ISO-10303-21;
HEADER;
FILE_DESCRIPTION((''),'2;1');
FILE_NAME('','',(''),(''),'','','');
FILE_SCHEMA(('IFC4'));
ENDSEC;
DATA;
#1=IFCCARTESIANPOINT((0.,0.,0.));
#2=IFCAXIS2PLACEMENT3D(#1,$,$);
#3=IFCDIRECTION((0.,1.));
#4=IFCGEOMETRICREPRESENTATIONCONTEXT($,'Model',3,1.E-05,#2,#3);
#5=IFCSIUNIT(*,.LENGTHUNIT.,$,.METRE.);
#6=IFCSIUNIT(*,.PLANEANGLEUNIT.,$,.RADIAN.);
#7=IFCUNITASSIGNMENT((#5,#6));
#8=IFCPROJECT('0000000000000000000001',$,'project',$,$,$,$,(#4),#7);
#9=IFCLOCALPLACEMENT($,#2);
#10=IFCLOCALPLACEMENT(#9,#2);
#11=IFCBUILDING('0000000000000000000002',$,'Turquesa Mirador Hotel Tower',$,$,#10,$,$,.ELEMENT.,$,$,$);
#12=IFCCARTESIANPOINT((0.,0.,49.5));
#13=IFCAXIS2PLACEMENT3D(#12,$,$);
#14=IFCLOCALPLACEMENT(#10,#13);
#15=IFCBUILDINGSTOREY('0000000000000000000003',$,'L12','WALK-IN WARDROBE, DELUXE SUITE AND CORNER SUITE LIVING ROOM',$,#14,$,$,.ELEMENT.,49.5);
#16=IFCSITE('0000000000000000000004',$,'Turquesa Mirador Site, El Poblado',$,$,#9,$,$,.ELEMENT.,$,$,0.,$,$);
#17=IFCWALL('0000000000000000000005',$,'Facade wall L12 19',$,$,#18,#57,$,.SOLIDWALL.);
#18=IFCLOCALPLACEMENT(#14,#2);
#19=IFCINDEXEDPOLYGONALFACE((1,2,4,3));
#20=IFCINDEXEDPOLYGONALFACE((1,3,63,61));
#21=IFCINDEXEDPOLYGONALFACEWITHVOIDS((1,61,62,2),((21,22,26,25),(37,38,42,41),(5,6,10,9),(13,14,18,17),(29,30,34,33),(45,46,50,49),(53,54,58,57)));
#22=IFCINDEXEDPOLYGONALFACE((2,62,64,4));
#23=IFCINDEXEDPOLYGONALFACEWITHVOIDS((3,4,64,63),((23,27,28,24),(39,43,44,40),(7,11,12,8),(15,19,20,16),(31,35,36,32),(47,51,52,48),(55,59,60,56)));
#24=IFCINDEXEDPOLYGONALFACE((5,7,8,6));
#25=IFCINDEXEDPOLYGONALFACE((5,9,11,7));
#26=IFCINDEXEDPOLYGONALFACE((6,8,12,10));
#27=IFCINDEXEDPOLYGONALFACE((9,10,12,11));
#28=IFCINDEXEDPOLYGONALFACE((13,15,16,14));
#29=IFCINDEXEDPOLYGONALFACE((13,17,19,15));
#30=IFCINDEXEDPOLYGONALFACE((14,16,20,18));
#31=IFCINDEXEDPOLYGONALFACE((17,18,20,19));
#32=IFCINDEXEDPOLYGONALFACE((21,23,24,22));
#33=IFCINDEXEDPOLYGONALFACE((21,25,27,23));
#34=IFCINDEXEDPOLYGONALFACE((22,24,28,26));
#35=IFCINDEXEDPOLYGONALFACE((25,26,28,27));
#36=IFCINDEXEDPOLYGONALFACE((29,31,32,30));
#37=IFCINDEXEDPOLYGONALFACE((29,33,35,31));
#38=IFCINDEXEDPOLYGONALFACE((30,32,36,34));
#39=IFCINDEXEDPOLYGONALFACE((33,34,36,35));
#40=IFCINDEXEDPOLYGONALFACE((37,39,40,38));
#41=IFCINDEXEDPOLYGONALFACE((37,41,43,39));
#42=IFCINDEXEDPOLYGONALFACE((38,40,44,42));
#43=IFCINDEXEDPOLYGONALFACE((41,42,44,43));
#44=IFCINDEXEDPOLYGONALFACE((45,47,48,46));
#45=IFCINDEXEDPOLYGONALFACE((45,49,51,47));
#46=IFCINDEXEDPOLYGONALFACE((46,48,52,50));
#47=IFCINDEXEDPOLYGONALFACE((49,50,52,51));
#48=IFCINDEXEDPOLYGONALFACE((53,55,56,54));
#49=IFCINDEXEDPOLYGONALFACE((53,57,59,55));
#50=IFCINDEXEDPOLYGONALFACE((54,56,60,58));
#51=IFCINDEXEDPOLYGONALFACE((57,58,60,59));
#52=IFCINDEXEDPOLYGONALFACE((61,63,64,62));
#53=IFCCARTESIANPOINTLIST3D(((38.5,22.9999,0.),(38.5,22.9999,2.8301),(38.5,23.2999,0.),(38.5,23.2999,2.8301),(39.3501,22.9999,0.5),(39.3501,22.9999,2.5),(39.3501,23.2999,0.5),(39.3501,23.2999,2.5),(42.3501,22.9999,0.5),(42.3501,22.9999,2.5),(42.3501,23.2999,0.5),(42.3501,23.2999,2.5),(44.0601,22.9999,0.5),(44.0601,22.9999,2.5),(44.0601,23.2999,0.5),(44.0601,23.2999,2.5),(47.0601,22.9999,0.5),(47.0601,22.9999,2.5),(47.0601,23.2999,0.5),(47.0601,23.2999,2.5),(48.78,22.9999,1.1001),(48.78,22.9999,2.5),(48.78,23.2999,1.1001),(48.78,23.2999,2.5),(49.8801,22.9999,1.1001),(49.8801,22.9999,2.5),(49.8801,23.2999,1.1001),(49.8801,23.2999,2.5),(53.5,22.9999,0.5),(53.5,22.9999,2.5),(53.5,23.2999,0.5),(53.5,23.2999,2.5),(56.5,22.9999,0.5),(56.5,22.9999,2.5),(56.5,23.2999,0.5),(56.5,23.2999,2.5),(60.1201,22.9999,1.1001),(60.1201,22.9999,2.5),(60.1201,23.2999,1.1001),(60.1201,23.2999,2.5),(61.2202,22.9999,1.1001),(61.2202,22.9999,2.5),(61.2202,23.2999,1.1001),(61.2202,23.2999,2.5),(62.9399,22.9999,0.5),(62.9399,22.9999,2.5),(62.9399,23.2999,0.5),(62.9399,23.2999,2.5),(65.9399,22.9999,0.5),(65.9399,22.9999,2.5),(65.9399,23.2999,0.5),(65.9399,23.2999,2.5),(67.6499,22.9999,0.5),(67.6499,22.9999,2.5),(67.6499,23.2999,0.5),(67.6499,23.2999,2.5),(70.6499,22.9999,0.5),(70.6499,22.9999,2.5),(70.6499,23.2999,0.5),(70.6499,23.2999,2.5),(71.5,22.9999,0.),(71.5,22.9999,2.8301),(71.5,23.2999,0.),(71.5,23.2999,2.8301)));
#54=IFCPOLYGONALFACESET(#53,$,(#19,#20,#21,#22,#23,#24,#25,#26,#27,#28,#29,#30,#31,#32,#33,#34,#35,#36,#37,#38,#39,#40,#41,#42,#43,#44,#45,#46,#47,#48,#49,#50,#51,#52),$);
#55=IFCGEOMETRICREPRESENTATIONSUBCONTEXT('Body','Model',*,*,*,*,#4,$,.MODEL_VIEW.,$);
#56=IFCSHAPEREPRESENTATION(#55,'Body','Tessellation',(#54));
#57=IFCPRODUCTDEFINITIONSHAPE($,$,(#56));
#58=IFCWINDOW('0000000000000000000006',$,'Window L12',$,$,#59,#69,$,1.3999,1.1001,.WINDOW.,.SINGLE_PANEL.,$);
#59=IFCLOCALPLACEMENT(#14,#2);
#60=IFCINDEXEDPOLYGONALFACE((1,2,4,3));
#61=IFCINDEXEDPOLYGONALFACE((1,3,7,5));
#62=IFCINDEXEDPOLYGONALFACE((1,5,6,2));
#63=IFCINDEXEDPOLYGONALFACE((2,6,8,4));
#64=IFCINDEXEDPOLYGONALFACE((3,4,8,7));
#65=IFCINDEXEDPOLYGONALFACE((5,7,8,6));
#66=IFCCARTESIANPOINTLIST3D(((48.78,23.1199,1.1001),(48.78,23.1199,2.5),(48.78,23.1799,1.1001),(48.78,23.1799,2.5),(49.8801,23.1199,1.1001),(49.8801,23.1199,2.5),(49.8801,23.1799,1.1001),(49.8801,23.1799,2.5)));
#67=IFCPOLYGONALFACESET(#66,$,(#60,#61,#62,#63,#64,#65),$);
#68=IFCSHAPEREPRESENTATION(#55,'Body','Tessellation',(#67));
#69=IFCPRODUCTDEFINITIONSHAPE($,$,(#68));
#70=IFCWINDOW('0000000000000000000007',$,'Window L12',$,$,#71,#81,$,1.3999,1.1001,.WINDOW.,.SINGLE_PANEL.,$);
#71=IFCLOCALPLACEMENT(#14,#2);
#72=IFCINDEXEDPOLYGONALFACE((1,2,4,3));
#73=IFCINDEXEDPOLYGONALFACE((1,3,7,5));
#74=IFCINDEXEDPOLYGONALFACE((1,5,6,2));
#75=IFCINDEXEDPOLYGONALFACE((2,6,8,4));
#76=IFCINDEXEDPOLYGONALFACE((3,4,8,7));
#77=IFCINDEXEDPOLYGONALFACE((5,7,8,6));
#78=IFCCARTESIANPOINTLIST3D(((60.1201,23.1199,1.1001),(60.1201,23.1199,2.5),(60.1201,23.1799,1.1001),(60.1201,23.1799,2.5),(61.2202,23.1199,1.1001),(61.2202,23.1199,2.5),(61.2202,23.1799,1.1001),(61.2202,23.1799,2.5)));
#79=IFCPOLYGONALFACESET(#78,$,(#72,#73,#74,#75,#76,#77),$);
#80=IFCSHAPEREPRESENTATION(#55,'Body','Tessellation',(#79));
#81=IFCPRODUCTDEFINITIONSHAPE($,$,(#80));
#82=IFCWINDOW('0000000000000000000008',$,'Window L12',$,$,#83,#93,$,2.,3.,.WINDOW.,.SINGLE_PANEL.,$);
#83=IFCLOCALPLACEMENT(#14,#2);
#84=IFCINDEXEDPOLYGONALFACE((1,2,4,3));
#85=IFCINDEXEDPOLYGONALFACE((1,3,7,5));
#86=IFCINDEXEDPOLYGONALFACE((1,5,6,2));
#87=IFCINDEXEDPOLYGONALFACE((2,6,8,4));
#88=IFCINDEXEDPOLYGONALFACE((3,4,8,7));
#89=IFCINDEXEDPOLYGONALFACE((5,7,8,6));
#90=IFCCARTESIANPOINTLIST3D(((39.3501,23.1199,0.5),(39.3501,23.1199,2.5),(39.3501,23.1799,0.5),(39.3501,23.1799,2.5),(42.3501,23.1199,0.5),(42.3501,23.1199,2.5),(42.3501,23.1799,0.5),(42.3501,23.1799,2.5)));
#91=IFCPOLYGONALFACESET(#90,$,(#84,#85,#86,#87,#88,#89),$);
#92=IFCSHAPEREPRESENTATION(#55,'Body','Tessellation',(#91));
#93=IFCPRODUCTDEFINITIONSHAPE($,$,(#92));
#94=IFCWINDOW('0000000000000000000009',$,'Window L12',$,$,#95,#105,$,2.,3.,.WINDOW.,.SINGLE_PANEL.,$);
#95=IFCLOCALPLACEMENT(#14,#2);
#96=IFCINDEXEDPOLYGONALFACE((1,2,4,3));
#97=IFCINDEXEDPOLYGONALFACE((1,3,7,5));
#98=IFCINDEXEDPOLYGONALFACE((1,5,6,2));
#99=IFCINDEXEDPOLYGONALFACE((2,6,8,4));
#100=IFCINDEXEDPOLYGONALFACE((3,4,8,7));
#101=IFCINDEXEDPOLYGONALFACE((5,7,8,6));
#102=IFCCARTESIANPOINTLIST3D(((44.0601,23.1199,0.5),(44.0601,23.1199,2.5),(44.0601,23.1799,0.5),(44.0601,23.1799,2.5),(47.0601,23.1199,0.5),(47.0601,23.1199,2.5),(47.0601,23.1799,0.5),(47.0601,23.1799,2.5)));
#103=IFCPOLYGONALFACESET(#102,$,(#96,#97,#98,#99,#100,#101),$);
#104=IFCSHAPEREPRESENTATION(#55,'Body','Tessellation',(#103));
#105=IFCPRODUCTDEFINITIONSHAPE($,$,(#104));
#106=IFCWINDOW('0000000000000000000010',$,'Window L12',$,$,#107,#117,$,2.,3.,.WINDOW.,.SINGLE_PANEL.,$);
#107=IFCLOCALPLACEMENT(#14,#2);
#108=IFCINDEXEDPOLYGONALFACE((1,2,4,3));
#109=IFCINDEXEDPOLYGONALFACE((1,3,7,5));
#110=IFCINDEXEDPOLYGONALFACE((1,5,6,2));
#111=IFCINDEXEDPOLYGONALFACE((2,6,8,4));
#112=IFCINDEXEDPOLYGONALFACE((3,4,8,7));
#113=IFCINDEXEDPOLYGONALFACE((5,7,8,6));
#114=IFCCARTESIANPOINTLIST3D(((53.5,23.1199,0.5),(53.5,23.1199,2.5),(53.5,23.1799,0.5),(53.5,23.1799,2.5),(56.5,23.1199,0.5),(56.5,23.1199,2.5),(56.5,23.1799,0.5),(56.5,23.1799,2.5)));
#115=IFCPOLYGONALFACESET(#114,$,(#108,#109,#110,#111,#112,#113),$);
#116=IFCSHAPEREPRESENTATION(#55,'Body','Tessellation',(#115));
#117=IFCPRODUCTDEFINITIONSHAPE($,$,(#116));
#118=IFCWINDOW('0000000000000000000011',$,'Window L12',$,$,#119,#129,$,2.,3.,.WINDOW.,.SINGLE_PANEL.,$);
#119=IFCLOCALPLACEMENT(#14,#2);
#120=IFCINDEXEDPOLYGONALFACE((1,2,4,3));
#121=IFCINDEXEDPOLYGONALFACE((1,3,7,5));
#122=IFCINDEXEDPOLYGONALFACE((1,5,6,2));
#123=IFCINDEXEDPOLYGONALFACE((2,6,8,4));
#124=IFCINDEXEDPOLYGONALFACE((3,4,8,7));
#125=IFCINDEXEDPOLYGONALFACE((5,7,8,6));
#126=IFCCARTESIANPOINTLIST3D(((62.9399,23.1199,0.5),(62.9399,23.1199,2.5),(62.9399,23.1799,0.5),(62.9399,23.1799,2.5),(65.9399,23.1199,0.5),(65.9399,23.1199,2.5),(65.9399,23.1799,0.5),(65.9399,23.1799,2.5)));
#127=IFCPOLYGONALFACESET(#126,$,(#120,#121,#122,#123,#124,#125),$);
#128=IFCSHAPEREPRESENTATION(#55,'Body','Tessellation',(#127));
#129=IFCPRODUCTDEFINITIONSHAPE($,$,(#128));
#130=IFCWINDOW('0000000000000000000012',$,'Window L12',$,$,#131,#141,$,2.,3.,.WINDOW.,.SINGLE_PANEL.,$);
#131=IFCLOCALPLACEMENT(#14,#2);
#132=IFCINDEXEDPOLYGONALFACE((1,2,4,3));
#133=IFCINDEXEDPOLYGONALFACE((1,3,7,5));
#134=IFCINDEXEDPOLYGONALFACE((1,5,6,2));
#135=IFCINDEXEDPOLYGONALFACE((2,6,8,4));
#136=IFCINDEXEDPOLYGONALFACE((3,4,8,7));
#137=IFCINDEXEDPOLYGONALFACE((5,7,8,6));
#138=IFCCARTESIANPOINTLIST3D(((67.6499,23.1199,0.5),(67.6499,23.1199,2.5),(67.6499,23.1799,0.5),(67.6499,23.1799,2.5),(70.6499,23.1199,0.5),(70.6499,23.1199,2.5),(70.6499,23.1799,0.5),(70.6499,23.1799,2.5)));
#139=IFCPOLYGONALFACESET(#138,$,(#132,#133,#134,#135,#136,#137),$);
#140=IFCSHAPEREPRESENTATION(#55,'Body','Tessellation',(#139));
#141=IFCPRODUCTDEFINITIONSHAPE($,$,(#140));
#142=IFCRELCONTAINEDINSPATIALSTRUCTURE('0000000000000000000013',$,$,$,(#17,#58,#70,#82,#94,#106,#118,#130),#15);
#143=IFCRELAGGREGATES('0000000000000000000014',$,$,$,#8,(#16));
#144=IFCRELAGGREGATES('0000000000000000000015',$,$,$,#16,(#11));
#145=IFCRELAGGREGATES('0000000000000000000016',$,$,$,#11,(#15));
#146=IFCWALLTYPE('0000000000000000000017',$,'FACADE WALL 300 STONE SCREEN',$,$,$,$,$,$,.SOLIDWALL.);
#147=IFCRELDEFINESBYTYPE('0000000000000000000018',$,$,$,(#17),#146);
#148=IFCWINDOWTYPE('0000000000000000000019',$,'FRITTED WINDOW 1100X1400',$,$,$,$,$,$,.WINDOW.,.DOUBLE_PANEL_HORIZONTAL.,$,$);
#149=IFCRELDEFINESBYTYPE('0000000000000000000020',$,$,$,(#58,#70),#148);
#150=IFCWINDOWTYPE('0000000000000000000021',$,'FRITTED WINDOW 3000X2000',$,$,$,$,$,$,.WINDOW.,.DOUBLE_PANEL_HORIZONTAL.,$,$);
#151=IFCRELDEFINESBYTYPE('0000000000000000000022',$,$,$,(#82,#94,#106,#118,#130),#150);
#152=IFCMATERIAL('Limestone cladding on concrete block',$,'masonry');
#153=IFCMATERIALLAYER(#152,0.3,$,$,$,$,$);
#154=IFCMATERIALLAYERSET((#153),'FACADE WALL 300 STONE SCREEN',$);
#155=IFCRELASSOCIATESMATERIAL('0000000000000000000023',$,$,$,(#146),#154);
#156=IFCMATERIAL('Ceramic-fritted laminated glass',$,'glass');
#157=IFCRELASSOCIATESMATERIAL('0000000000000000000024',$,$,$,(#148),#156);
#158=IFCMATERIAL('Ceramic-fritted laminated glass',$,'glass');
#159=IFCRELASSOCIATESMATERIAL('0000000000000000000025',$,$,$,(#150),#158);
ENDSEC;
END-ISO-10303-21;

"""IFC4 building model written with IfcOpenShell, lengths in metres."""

from ifc_helpers import new_model, si_unit, direction, frame, frame_2d, origin, place, context, subcontext, project, spatial, rectangle, extrude, material, layer, layer_set, type_object, element, fill, save


model = new_model("IFC4")

# Units and contexts
model_context = context("Model", 3, precision=1e-05, world=origin(), true_north=direction((0.0, 1.0)))
body_context = subcontext(model_context, "Body", "Model", "MODEL_VIEW")
ifc_project = project(units=[si_unit("LENGTHUNIT", "METRE"), si_unit("PLANEANGLEUNIT", "RADIAN")], contexts=[model_context])

# Site, building, storey
site_placement = place(None, origin())
site = spatial("IfcSite", under=ifc_project, at=site_placement, Name="Turquesa Mirador Site, El Poblado", CompositionType="ELEMENT", RefElevation=0.0)
building_placement = place(site_placement, origin())
building = spatial("IfcBuilding", under=site, at=building_placement, Name="Turquesa Mirador Hotel Tower", CompositionType="ELEMENT")
storey_placement = place(building_placement, frame((0.0, 0.0, 49.5)))
storey = spatial("IfcBuildingStorey", under=building, at=storey_placement, Name="L12", Description="WALK-IN WARDROBE, DELUXE SUITE AND CORNER SUITE LIVING ROOM", CompositionType="ELEMENT", Elevation=49.5)

# Shared definitions
ifc_material_1 = material(Name="Limestone cladding on concrete block", Category="masonry")
ifc_layer_1 = layer(ifc_material_1, 0.3)
ifc_layer_set_1 = layer_set([ifc_layer_1], Name="FACADE WALL 300 STONE SCREEN")
wall_type_1 = type_object("IfcWallType", Name="FACADE WALL 300 STONE SCREEN", PredefinedType="SOLIDWALL", material=ifc_layer_set_1)

# Wall, openings, windows
wall_1_placement = place(storey_placement, frame((38.5, 23.1499, 0.0), z_axis=(0.0, 0.0, 1.0), x_axis=(1.0, 0.0, 0.0)))
wall_1 = element("IfcWall", 1, at=wall_1_placement, inside=storey, type_object=wall_type_1, Name="Facade wall L12 19", PredefinedType="SOLIDWALL", context=body_context, shape_type="SweptSolid", body=[
    extrude(rectangle(XDim=33.0, YDim=0.3, at=frame_2d((16.5, 0.0))), origin(), (0.0, 0.0, 1.0), 2.8301),
])
opening_1_placement = place(wall_1_placement, frame((0.8501, 0.0, 0.5)))
opening_1 = element("IfcOpeningElement", 2, at=opening_1_placement, cuts=wall_1, PredefinedType="OPENING", context=body_context, shape_type="SweptSolid", body=[
    extrude(rectangle(XDim=3.0, YDim=2.0, at=frame_2d((1.5, 1.0))), frame((0.0, 0.1599, 0.0), z_axis=(0.0, -1.0, 0.0), x_axis=(1.0, 0.0, 0.0)), (0.0, 0.0, 1.0), 0.3201),
])
opening_2_placement = place(wall_1_placement, frame((5.5601, 0.0, 0.5)))
opening_2 = element("IfcOpeningElement", 3, at=opening_2_placement, cuts=wall_1, PredefinedType="OPENING", context=body_context, shape_type="SweptSolid", body=[
    extrude(rectangle(XDim=3.0, YDim=2.0, at=frame_2d((1.5, 1.0))), frame((0.0, 0.1599, 0.0), z_axis=(0.0, -1.0, 0.0), x_axis=(1.0, 0.0, 0.0)), (0.0, 0.0, 1.0), 0.3201),
])
opening_3_placement = place(wall_1_placement, frame((10.28, 0.0, 1.1001)))
opening_3 = element("IfcOpeningElement", 4, at=opening_3_placement, cuts=wall_1, PredefinedType="OPENING", context=body_context, shape_type="SweptSolid", body=[
    extrude(rectangle(XDim=1.1001, YDim=1.3999, at=frame_2d((0.55, 0.7))), frame((0.0, 0.1599, 0.0), z_axis=(0.0, -1.0, 0.0), x_axis=(1.0, 0.0, 0.0)), (0.0, 0.0, 1.0), 0.3201),
])
opening_4_placement = place(wall_1_placement, frame((15.0, 0.0, 0.5)))
opening_4 = element("IfcOpeningElement", 5, at=opening_4_placement, cuts=wall_1, PredefinedType="OPENING", context=body_context, shape_type="SweptSolid", body=[
    extrude(rectangle(XDim=3.0, YDim=2.0, at=frame_2d((1.5, 1.0))), frame((0.0, 0.1599, 0.0), z_axis=(0.0, -1.0, 0.0), x_axis=(1.0, 0.0, 0.0)), (0.0, 0.0, 1.0), 0.3201),
])
opening_5_placement = place(wall_1_placement, frame((21.6201, 0.0, 1.1001)))
opening_5 = element("IfcOpeningElement", 6, at=opening_5_placement, cuts=wall_1, PredefinedType="OPENING", context=body_context, shape_type="SweptSolid", body=[
    extrude(rectangle(XDim=1.1001, YDim=1.3999, at=frame_2d((0.55, 0.7))), frame((0.0, 0.1599, 0.0), z_axis=(0.0, -1.0, 0.0), x_axis=(1.0, 0.0, 0.0)), (0.0, 0.0, 1.0), 0.3201),
])
opening_6_placement = place(wall_1_placement, frame((24.4399, 0.0, 0.5)))
opening_6 = element("IfcOpeningElement", 7, at=opening_6_placement, cuts=wall_1, PredefinedType="OPENING", context=body_context, shape_type="SweptSolid", body=[
    extrude(rectangle(XDim=3.0, YDim=2.0, at=frame_2d((1.5, 1.0))), frame((0.0, 0.1599, 0.0), z_axis=(0.0, -1.0, 0.0), x_axis=(1.0, 0.0, 0.0)), (0.0, 0.0, 1.0), 0.3201),
])
opening_7_placement = place(wall_1_placement, frame((29.1499, 0.0, 0.5)))
opening_7 = element("IfcOpeningElement", 8, at=opening_7_placement, cuts=wall_1, PredefinedType="OPENING", context=body_context, shape_type="SweptSolid", body=[
    extrude(rectangle(XDim=3.0, YDim=2.0, at=frame_2d((1.5, 1.0))), frame((0.0, 0.1599, 0.0), z_axis=(0.0, -1.0, 0.0), x_axis=(1.0, 0.0, 0.0)), (0.0, 0.0, 1.0), 0.3201),
])
ifc_material_2 = material(Name="Ceramic-fritted laminated glass", Category="glass")
window_type_1 = type_object("IfcWindowType", Name="FRITTED WINDOW 1100X1400", PartitioningType="DOUBLE_PANEL_HORIZONTAL", PredefinedType="WINDOW", material=ifc_material_2)
window_1_placement = place(opening_3_placement, origin())
window_1 = element("IfcWindow", 9, at=window_1_placement, inside=storey, type_object=window_type_1, Name="Window L12", OverallHeight=1.3999, OverallWidth=1.1001, PartitioningType="SINGLE_PANEL", PredefinedType="WINDOW", context=body_context, shape_type="SweptSolid", body=[
    extrude(rectangle(XDim=1.1001, YDim=1.3999, at=frame_2d((0.55, 0.7))), frame((0.0, 0.03, 0.0), z_axis=(0.0, -1.0, 0.0), x_axis=(1.0, 0.0, 0.0)), (0.0, 0.0, 1.0), 0.0601),
])
fill(opening_3, window_1)
window_2_placement = place(opening_5_placement, origin())
window_2 = element("IfcWindow", 10, at=window_2_placement, inside=storey, type_object=window_type_1, Name="Window L12", OverallHeight=1.3999, OverallWidth=1.1001, PartitioningType="SINGLE_PANEL", PredefinedType="WINDOW", context=body_context, shape_type="SweptSolid", body=[
    extrude(rectangle(XDim=1.1001, YDim=1.3999, at=frame_2d((0.55, 0.7))), frame((0.0, 0.03, 0.0), z_axis=(0.0, -1.0, 0.0), x_axis=(1.0, 0.0, 0.0)), (0.0, 0.0, 1.0), 0.0601),
])
fill(opening_5, window_2)
ifc_material_3 = material(Name="Ceramic-fritted laminated glass", Category="glass")
window_type_2 = type_object("IfcWindowType", Name="FRITTED WINDOW 3000X2000", PartitioningType="DOUBLE_PANEL_HORIZONTAL", PredefinedType="WINDOW", material=ifc_material_3)
window_3_placement = place(opening_1_placement, origin())
window_3 = element("IfcWindow", 11, at=window_3_placement, inside=storey, type_object=window_type_2, Name="Window L12", OverallHeight=2.0, OverallWidth=3.0, PartitioningType="SINGLE_PANEL", PredefinedType="WINDOW", context=body_context, shape_type="SweptSolid", body=[
    extrude(rectangle(XDim=3.0, YDim=2.0, at=frame_2d((1.5, 1.0))), frame((0.0, 0.03, 0.0), z_axis=(0.0, -1.0, 0.0), x_axis=(1.0, 0.0, 0.0)), (0.0, 0.0, 1.0), 0.0601),
])
fill(opening_1, window_3)
window_4_placement = place(opening_2_placement, origin())
window_4 = element("IfcWindow", 12, at=window_4_placement, inside=storey, type_object=window_type_2, Name="Window L12", OverallHeight=2.0, OverallWidth=3.0, PartitioningType="SINGLE_PANEL", PredefinedType="WINDOW", context=body_context, shape_type="SweptSolid", body=[
    extrude(rectangle(XDim=3.0, YDim=2.0, at=frame_2d((1.5, 1.0))), frame((0.0, 0.03, 0.0), z_axis=(0.0, -1.0, 0.0), x_axis=(1.0, 0.0, 0.0)), (0.0, 0.0, 1.0), 0.0601),
])
fill(opening_2, window_4)
window_5_placement = place(opening_4_placement, origin())
window_5 = element("IfcWindow", 13, at=window_5_placement, inside=storey, type_object=window_type_2, Name="Window L12", OverallHeight=2.0, OverallWidth=3.0, PartitioningType="SINGLE_PANEL", PredefinedType="WINDOW", context=body_context, shape_type="SweptSolid", body=[
    extrude(rectangle(XDim=3.0, YDim=2.0, at=frame_2d((1.5, 1.0))), frame((0.0, 0.03, 0.0), z_axis=(0.0, -1.0, 0.0), x_axis=(1.0, 0.0, 0.0)), (0.0, 0.0, 1.0), 0.0601),
])
fill(opening_4, window_5)
window_6_placement = place(opening_6_placement, origin())
window_6 = element("IfcWindow", 14, at=window_6_placement, inside=storey, type_object=window_type_2, Name="Window L12", OverallHeight=2.0, OverallWidth=3.0, PartitioningType="SINGLE_PANEL", PredefinedType="WINDOW", context=body_context, shape_type="SweptSolid", body=[
    extrude(rectangle(XDim=3.0, YDim=2.0, at=frame_2d((1.5, 1.0))), frame((0.0, 0.03, 0.0), z_axis=(0.0, -1.0, 0.0), x_axis=(1.0, 0.0, 0.0)), (0.0, 0.0, 1.0), 0.0601),
])
fill(opening_6, window_6)
window_7_placement = place(opening_7_placement, origin())
window_7 = element("IfcWindow", 15, at=window_7_placement, inside=storey, type_object=window_type_2, Name="Window L12", OverallHeight=2.0, OverallWidth=3.0, PartitioningType="SINGLE_PANEL", PredefinedType="WINDOW", context=body_context, shape_type="SweptSolid", body=[
    extrude(rectangle(XDim=3.0, YDim=2.0, at=frame_2d((1.5, 1.0))), frame((0.0, 0.03, 0.0), z_axis=(0.0, -1.0, 0.0), x_axis=(1.0, 0.0, 0.0)), (0.0, 0.0, 1.0), 0.0601),
])
fill(opening_7, window_7)

save(model, "model.ifc")
